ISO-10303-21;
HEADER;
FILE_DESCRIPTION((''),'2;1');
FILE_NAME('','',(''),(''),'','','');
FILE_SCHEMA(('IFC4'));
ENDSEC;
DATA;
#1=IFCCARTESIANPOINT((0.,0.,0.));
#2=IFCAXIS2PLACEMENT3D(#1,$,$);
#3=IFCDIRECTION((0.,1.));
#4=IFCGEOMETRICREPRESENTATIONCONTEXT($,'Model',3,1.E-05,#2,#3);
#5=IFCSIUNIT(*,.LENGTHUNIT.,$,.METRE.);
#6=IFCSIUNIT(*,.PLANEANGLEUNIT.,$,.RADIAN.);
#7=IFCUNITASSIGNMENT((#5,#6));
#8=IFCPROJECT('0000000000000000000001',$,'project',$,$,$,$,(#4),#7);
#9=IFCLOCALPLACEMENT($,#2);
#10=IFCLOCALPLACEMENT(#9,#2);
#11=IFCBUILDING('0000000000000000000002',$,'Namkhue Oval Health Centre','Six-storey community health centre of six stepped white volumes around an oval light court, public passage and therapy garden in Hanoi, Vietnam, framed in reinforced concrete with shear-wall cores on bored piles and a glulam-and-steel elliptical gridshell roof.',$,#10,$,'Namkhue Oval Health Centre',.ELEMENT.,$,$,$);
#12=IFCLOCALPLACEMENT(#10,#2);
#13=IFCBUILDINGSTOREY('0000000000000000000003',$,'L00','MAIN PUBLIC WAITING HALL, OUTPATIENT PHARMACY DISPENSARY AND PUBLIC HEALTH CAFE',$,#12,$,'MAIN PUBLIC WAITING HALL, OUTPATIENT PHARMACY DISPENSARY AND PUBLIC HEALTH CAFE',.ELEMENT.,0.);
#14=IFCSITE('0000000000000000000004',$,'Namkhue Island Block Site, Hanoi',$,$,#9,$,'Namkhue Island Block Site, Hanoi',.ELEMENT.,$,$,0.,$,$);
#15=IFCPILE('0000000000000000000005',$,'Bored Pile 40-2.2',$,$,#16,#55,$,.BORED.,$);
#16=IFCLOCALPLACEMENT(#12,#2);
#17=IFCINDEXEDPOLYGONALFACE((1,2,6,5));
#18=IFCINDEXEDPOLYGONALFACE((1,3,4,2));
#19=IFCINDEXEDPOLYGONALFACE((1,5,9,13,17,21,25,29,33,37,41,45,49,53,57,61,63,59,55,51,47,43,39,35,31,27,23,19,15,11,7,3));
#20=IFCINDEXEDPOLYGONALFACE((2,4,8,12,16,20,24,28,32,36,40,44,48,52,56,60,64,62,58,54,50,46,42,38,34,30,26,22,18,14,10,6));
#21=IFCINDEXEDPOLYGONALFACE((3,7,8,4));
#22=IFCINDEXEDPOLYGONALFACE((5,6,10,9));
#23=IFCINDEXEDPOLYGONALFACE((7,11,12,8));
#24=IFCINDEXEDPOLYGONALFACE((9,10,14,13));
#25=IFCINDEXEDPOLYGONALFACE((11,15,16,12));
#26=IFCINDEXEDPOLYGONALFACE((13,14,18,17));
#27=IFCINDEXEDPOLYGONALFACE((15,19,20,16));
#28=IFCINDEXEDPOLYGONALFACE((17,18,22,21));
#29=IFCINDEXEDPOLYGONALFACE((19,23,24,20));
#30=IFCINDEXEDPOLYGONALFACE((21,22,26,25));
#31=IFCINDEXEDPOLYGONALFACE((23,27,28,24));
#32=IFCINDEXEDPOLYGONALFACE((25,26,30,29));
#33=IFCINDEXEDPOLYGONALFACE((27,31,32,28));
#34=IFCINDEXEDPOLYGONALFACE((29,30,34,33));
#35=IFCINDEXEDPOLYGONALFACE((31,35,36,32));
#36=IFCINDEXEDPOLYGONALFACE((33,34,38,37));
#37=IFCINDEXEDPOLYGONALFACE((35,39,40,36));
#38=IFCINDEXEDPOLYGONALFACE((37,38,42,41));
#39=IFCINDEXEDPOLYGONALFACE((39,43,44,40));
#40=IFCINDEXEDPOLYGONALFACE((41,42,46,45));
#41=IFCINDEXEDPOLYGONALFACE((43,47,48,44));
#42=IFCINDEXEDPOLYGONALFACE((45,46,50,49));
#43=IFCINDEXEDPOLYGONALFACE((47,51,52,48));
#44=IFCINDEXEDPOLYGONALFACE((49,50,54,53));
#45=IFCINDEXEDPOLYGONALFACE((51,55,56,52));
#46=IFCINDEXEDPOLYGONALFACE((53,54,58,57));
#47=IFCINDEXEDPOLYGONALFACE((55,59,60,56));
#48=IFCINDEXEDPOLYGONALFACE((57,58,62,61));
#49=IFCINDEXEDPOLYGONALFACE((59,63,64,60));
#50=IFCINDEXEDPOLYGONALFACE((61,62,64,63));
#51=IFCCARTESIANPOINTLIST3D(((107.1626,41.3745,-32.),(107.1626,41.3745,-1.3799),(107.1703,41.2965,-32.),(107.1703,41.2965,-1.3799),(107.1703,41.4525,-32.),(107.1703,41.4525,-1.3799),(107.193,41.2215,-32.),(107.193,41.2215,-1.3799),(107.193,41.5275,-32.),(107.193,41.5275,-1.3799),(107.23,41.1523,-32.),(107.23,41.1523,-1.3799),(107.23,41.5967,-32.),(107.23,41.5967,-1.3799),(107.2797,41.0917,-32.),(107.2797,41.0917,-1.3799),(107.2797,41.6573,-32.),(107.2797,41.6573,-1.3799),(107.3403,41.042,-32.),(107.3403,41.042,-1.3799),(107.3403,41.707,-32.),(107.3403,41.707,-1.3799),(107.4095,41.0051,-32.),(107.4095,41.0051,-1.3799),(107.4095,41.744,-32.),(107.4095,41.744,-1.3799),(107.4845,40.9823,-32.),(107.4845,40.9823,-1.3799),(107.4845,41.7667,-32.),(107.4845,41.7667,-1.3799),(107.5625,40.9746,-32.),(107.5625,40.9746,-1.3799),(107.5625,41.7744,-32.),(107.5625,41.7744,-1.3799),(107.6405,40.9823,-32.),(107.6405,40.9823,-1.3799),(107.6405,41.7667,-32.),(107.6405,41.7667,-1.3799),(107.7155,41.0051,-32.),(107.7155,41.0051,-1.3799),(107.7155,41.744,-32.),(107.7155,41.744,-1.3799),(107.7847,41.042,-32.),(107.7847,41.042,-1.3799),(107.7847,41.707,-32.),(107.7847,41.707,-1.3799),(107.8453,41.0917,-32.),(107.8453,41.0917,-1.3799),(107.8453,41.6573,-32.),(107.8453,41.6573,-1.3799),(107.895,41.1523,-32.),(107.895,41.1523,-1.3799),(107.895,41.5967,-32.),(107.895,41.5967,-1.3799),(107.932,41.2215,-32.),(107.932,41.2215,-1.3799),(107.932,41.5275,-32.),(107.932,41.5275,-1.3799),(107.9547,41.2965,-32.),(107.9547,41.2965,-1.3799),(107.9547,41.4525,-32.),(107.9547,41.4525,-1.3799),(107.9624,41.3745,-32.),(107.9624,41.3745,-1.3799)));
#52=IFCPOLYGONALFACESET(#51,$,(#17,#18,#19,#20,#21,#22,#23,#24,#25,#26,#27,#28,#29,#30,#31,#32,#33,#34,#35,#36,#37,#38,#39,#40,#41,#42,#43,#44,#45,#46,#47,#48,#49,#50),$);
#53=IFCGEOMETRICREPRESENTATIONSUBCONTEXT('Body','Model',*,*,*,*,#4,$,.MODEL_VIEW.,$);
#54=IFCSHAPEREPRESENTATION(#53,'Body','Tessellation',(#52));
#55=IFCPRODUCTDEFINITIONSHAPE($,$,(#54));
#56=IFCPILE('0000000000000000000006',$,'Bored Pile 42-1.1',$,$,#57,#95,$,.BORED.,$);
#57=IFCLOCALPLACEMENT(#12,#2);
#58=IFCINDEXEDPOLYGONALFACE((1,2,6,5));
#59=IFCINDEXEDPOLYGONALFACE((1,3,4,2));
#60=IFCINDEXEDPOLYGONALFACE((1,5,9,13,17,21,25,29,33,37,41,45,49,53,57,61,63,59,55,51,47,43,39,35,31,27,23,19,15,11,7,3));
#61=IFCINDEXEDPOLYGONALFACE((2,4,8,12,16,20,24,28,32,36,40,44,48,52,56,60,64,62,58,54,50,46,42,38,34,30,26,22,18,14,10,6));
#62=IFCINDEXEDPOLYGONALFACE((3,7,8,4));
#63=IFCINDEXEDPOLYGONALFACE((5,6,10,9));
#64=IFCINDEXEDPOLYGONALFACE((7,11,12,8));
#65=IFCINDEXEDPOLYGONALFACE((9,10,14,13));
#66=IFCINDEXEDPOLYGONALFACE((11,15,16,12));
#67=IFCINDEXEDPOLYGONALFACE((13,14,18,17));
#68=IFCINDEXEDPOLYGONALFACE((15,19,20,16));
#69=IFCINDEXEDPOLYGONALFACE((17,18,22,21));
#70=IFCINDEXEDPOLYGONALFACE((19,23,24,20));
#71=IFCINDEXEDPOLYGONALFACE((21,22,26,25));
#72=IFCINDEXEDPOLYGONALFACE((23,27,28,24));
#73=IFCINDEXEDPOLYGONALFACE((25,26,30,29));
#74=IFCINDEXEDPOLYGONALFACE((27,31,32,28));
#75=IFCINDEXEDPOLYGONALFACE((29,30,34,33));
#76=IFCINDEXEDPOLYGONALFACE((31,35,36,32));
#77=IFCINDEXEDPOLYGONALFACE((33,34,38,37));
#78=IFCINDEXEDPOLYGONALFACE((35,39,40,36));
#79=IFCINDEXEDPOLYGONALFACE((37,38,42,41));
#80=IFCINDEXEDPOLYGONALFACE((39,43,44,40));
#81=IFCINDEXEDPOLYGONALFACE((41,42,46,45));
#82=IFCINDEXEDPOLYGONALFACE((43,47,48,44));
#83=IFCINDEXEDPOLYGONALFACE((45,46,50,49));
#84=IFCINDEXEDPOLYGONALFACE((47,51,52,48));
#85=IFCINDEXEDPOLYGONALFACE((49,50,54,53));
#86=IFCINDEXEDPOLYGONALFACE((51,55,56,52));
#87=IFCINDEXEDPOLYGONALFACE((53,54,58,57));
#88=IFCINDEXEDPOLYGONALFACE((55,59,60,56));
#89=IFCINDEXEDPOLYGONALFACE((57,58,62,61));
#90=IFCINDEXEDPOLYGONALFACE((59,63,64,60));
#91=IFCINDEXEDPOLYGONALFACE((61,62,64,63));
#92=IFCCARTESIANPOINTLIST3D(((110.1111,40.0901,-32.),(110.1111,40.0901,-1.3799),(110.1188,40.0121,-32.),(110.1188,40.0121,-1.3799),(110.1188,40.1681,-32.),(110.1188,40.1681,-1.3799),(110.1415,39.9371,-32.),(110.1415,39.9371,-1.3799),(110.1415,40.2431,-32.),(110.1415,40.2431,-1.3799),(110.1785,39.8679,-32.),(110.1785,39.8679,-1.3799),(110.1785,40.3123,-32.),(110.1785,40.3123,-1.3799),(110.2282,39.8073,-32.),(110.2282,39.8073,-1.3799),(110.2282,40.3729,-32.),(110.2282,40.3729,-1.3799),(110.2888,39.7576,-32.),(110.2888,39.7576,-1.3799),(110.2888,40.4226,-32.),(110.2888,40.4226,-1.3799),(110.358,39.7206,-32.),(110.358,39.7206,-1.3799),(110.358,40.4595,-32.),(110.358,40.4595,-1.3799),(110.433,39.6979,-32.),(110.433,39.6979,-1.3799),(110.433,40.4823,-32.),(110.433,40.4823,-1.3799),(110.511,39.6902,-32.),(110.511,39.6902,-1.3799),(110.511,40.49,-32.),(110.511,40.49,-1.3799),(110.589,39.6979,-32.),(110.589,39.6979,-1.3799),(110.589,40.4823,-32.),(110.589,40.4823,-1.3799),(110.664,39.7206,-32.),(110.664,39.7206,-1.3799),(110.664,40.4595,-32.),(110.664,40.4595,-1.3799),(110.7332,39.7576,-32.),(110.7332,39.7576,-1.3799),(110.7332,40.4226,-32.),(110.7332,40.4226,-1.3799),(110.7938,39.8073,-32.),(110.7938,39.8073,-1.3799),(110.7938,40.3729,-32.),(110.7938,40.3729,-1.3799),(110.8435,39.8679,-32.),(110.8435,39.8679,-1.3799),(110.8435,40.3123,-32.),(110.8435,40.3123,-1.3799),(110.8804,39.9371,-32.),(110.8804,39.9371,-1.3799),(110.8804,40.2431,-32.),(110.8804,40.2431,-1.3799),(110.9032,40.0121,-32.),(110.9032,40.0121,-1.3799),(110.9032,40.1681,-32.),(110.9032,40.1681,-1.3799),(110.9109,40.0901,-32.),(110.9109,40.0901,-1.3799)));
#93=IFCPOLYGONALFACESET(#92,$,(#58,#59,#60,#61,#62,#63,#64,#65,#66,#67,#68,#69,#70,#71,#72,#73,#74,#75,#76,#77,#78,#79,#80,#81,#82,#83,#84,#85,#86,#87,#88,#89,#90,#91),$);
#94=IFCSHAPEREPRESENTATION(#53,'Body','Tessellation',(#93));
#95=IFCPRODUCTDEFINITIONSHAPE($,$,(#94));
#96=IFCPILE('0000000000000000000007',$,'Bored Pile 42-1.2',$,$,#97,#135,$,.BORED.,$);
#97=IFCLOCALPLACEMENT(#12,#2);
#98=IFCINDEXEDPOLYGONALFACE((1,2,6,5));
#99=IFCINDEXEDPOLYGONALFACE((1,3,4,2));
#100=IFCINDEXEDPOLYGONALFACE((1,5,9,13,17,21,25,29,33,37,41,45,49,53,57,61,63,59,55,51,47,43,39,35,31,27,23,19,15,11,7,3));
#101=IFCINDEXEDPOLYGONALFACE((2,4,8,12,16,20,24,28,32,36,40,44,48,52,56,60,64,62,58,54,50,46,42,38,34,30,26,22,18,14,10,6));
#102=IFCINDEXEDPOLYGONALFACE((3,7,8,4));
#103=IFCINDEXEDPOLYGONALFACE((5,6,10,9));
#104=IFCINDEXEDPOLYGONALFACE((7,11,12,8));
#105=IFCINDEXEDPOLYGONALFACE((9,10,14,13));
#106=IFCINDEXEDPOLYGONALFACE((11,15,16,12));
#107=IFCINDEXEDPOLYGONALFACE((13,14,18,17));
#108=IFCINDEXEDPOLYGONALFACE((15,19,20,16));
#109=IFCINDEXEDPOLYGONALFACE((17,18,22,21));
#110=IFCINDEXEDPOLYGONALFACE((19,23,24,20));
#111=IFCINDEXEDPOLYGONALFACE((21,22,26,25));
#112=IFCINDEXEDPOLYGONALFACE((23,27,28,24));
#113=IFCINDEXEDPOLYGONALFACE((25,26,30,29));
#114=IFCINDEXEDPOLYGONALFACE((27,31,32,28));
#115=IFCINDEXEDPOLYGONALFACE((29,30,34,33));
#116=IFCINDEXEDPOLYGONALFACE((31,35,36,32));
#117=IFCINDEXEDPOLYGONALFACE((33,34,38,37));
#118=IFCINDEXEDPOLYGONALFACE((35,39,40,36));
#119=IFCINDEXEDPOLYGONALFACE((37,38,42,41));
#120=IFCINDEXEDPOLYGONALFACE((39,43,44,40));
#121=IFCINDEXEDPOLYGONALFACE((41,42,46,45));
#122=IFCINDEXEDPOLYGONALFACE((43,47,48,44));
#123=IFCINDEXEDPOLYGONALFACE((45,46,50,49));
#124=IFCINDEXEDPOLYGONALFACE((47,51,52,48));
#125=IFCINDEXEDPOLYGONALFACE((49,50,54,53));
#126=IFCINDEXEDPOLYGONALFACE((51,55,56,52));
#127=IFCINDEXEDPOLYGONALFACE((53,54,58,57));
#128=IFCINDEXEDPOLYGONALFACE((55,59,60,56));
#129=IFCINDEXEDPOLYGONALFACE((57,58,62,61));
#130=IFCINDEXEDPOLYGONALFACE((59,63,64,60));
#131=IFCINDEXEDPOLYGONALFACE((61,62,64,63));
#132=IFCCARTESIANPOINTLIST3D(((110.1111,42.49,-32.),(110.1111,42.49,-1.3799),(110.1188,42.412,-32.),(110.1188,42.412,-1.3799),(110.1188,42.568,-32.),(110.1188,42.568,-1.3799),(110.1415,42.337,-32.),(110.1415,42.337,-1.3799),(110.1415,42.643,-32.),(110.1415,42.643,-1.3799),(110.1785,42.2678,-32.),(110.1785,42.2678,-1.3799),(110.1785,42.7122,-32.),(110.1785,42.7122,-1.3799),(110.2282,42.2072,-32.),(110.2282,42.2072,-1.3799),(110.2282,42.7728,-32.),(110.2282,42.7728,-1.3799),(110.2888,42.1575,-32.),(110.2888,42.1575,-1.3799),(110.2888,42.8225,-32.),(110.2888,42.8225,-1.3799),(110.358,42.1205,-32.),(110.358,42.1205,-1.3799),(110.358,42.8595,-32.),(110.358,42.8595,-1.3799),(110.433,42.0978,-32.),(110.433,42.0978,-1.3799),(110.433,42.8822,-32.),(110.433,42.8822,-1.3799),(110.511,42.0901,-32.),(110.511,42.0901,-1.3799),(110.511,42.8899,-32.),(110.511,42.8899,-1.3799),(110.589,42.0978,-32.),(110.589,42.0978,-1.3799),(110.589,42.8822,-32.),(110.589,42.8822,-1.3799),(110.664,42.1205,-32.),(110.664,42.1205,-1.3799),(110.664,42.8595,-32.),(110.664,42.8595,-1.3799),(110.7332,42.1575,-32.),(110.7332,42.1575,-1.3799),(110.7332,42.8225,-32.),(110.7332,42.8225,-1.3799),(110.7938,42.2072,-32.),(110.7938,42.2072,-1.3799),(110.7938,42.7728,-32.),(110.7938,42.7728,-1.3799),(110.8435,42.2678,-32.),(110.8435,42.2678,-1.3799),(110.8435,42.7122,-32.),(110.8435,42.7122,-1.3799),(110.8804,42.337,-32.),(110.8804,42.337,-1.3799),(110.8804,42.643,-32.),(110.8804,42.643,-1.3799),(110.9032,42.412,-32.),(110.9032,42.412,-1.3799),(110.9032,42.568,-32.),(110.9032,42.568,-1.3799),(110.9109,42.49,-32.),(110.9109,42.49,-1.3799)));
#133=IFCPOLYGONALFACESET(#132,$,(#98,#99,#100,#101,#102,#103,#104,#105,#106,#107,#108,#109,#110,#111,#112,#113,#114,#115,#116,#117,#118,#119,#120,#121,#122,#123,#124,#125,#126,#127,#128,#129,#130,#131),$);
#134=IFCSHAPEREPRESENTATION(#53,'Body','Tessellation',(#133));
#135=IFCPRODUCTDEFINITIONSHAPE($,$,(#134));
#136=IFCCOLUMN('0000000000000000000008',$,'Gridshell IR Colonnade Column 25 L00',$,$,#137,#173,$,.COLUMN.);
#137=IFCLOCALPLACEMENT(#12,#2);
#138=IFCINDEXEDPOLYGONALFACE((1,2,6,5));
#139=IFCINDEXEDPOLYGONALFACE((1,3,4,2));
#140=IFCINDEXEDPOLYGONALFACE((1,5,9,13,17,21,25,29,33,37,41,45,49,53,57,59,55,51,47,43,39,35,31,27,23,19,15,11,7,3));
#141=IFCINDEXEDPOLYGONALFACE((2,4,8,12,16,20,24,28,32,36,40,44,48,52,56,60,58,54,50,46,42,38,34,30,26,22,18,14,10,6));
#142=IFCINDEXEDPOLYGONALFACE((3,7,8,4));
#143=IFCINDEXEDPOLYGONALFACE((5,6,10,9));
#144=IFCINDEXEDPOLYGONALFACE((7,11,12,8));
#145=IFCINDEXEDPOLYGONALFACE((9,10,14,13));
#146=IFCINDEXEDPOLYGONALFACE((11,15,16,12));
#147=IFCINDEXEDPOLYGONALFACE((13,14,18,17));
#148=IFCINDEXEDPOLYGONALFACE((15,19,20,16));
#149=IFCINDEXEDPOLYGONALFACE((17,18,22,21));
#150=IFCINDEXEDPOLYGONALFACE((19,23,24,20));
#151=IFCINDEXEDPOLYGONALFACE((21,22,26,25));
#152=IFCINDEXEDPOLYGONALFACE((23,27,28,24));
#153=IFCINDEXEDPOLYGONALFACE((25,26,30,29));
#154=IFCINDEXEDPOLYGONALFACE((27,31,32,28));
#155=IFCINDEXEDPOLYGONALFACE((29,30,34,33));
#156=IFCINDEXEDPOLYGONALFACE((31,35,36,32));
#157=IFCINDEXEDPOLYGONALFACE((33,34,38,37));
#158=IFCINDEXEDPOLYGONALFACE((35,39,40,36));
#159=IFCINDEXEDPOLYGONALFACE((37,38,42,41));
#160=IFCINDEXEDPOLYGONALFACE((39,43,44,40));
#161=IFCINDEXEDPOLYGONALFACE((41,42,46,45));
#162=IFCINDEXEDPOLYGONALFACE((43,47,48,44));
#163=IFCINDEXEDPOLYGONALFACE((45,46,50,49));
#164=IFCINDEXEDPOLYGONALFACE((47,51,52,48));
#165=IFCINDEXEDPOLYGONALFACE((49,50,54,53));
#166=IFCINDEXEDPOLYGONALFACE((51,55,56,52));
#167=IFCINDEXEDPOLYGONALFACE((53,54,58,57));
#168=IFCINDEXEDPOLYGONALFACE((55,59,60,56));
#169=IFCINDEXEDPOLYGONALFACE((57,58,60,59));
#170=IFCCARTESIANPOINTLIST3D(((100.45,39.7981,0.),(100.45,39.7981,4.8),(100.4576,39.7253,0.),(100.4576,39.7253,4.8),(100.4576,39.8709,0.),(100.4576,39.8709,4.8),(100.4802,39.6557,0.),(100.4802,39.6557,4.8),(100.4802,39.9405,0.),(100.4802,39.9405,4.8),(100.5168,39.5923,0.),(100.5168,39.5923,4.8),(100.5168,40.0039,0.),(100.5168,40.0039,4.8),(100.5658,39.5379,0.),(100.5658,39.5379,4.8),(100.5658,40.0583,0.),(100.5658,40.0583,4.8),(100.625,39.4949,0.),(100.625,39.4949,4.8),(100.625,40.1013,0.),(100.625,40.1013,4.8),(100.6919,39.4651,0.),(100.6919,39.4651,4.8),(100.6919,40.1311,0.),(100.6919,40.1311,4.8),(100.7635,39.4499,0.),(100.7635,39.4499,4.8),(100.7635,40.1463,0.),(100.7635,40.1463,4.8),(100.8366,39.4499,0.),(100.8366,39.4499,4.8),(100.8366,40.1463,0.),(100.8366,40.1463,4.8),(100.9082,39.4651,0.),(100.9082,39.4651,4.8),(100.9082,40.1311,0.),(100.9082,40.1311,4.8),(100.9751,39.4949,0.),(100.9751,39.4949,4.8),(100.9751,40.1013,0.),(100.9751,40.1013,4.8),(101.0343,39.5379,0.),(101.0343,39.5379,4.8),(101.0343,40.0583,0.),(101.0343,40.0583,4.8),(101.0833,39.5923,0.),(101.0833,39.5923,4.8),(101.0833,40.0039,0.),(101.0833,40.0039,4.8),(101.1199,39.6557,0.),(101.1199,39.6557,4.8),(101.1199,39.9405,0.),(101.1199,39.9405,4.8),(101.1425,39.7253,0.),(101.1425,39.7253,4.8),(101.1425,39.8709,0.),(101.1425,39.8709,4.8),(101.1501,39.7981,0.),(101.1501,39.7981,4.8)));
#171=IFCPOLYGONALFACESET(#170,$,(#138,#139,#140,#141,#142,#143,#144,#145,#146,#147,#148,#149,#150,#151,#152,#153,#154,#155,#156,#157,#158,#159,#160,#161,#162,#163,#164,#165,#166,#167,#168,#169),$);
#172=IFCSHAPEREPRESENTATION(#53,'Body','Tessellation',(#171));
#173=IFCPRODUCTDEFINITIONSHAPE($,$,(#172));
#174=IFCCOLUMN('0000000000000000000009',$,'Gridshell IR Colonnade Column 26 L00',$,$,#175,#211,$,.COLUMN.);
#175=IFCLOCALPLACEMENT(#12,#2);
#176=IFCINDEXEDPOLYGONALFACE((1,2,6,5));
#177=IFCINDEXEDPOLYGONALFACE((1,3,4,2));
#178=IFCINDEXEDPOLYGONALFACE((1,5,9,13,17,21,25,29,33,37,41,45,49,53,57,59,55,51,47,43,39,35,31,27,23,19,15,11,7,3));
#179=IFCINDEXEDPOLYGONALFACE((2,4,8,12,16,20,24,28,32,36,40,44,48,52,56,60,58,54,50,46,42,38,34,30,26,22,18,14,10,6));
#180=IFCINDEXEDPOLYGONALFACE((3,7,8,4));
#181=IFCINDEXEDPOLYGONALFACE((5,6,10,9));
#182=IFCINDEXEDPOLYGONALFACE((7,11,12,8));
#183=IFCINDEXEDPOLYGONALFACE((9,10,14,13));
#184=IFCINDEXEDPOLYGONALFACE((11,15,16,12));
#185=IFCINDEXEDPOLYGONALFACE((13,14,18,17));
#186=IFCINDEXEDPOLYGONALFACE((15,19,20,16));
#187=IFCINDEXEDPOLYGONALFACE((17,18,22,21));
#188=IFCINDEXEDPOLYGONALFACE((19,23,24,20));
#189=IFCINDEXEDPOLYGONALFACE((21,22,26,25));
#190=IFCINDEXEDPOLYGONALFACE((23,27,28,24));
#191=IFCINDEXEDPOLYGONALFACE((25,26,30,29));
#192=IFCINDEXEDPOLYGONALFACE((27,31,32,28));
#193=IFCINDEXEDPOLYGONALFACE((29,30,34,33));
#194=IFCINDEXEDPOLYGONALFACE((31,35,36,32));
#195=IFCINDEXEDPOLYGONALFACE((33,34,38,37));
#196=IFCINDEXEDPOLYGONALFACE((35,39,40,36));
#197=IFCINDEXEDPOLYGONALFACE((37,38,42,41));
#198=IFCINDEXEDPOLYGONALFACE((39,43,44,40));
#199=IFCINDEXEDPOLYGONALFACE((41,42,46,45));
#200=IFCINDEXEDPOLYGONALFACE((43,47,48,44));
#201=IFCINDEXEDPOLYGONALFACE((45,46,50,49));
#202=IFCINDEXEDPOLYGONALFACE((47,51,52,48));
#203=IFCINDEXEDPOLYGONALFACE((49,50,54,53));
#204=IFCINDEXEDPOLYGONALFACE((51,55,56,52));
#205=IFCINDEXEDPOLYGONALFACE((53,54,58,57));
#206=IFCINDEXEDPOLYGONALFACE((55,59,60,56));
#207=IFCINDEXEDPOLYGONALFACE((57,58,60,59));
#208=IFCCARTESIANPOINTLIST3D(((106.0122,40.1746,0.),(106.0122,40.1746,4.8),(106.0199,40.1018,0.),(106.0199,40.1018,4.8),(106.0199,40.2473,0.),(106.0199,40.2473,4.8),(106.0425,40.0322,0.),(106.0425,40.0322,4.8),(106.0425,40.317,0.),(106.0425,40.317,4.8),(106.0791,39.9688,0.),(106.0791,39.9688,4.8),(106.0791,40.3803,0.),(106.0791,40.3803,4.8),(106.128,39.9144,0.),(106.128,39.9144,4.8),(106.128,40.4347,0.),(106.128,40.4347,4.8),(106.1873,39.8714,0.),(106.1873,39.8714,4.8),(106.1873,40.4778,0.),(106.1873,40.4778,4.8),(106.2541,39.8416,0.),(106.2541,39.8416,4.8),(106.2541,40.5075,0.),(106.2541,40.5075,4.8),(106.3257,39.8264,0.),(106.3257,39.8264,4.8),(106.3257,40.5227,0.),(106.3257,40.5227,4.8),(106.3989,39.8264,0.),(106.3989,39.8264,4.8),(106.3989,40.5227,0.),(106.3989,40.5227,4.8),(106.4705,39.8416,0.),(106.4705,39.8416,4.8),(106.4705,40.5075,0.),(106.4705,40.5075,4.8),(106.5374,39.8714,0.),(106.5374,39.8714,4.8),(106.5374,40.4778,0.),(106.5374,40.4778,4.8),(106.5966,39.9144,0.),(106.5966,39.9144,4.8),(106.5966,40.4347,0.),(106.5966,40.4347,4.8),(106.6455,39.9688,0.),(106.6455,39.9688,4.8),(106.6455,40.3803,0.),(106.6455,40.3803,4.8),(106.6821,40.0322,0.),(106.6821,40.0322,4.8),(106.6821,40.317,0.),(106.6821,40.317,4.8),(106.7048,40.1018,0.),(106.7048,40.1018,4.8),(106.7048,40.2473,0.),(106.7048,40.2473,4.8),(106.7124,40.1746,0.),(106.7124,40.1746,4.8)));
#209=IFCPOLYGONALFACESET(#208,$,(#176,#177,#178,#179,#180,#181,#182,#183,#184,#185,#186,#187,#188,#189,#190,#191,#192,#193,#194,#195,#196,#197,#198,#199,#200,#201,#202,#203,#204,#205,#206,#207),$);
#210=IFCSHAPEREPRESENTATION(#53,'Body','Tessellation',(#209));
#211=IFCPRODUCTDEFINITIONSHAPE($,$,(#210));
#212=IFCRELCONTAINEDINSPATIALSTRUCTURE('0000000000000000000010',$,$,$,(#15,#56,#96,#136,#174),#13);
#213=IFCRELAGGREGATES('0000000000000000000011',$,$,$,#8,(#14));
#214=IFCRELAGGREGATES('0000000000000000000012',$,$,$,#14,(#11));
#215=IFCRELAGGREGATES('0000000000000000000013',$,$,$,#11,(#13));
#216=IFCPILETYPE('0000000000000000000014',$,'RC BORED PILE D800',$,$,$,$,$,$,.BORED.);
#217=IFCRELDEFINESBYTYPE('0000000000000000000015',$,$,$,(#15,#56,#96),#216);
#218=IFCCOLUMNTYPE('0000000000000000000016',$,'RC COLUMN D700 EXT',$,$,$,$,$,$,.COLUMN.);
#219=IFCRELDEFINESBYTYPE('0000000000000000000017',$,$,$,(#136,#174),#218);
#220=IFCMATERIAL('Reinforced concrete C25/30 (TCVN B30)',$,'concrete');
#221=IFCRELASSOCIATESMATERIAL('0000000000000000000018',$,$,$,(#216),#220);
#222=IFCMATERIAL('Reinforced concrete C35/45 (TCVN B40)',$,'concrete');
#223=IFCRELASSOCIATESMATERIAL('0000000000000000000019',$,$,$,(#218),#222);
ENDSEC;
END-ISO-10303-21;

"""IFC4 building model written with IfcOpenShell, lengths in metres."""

from ifc_helpers import new_model, si_unit, direction, frame, origin, origin_2d, place, context, subcontext, project, spatial, circle, extrude, material, material_profile, profile_set, type_object, element, save


model = new_model("IFC4")

# Units and contexts
model_context = context("Model", 3, precision=1e-05, world=origin(), true_north=direction((0.0, 1.0)))
body_context = subcontext(model_context, "Body", "Model", "MODEL_VIEW")
ifc_project = project(units=[si_unit("LENGTHUNIT", "METRE"), si_unit("PLANEANGLEUNIT", "RADIAN")], contexts=[model_context])

# Site, building, storey
site_placement = place(None, origin())
site = spatial("IfcSite", under=ifc_project, at=site_placement, Name="Namkhue Island Block Site, Hanoi", LongName="Namkhue Island Block Site, Hanoi", CompositionType="ELEMENT", RefElevation=0.0)
building_placement = place(site_placement, origin())
building = spatial("IfcBuilding", under=site, at=building_placement, Name="Namkhue Oval Health Centre", Description="Six-storey community health centre of six stepped white volumes around an oval light court, public passage and therapy garden in Hanoi, Vietnam, framed in reinforced concrete with shear-wall cores on bored piles and a glulam-and-steel elliptical gridshell roof.", LongName="Namkhue Oval Health Centre", CompositionType="ELEMENT")
storey_placement = place(building_placement, origin())
storey = spatial("IfcBuildingStorey", under=building, at=storey_placement, Name="L00", Description="MAIN PUBLIC WAITING HALL, OUTPATIENT PHARMACY DISPENSARY AND PUBLIC HEALTH CAFE", LongName="MAIN PUBLIC WAITING HALL, OUTPATIENT PHARMACY DISPENSARY AND PUBLIC HEALTH CAFE", CompositionType="ELEMENT", Elevation=0.0)

# Piles
ifc_material_1 = material(Name="Reinforced concrete C25/30 (TCVN B30)", Category="concrete")
ifc_material_profile_1 = material_profile(ifc_material_1, circle(Radius=0.3999, at=origin_2d()), Name="BORED PILE D800")
ifc_profile_set_1 = profile_set([ifc_material_profile_1], Name="Reinforced concrete C25/30 (TCVN B30)")
pile_type_1 = type_object("IfcPileType", Name="RC BORED PILE D800", PredefinedType="BORED", material=ifc_profile_set_1)
for number, where, z_axis, x_axis, name in (
    (1, (107.5625, 41.3745, -1.3799), (0.0, 0.0, -1.0), (1.0, 0.0, 0.0), "Bored Pile 40-2.2"),
    (2, (110.511, 40.0901, -1.3799), (0.0, 0.0, -1.0), (1.0, 0.0, 0.0), "Bored Pile 42-1.1"),
    (3, (110.511, 42.49, -1.3799), (0.0, 0.0, -1.0), (1.0, 0.0, 0.0), "Bored Pile 42-1.2"),
):
    element("IfcPile", number, at=place(storey_placement, frame(where, z_axis=z_axis, x_axis=x_axis)), inside=storey, type_object=pile_type_1, Name=name, PredefinedType="BORED", context=body_context, shape_type="SweptSolid", body=[
        extrude(circle(Radius=0.3999, at=origin_2d()), origin(), (0.0, 0.0, 1.0), 30.6201),
    ])

# Columns
ifc_material_2 = material(Name="Reinforced concrete C35/45 (TCVN B40)", Category="concrete")
ifc_material_profile_2 = material_profile(ifc_material_2, circle(Radius=0.3501, at=origin_2d()), Name="RC D700")
ifc_profile_set_2 = profile_set([ifc_material_profile_2], Name="Reinforced concrete C35/45 (TCVN B40)")
column_type = type_object("IfcColumnType", Name="RC COLUMN D700 EXT", PredefinedType="COLUMN", material=ifc_profile_set_2)
for number, where, z_axis, x_axis, name in (
    (4, (100.8, 39.7981, 0.0), (0.0, 0.0, 1.0), (1.0, 0.0, 0.0), "Gridshell IR Colonnade Column 25 L00"),
    (5, (106.3623, 40.1746, 0.0), (0.0, 0.0, 1.0), (1.0, 0.0, 0.0), "Gridshell IR Colonnade Column 26 L00"),
):
    element("IfcColumn", number, at=place(storey_placement, frame(where, z_axis=z_axis, x_axis=x_axis)), inside=storey, type_object=column_type, Name=name, PredefinedType="COLUMN", context=body_context, shape_type="SweptSolid", body=[
        extrude(circle(Radius=0.3501, at=origin_2d()), origin(), (0.0, 0.0, 1.0), 4.8),
    ])

save(model, "model.ifc")
